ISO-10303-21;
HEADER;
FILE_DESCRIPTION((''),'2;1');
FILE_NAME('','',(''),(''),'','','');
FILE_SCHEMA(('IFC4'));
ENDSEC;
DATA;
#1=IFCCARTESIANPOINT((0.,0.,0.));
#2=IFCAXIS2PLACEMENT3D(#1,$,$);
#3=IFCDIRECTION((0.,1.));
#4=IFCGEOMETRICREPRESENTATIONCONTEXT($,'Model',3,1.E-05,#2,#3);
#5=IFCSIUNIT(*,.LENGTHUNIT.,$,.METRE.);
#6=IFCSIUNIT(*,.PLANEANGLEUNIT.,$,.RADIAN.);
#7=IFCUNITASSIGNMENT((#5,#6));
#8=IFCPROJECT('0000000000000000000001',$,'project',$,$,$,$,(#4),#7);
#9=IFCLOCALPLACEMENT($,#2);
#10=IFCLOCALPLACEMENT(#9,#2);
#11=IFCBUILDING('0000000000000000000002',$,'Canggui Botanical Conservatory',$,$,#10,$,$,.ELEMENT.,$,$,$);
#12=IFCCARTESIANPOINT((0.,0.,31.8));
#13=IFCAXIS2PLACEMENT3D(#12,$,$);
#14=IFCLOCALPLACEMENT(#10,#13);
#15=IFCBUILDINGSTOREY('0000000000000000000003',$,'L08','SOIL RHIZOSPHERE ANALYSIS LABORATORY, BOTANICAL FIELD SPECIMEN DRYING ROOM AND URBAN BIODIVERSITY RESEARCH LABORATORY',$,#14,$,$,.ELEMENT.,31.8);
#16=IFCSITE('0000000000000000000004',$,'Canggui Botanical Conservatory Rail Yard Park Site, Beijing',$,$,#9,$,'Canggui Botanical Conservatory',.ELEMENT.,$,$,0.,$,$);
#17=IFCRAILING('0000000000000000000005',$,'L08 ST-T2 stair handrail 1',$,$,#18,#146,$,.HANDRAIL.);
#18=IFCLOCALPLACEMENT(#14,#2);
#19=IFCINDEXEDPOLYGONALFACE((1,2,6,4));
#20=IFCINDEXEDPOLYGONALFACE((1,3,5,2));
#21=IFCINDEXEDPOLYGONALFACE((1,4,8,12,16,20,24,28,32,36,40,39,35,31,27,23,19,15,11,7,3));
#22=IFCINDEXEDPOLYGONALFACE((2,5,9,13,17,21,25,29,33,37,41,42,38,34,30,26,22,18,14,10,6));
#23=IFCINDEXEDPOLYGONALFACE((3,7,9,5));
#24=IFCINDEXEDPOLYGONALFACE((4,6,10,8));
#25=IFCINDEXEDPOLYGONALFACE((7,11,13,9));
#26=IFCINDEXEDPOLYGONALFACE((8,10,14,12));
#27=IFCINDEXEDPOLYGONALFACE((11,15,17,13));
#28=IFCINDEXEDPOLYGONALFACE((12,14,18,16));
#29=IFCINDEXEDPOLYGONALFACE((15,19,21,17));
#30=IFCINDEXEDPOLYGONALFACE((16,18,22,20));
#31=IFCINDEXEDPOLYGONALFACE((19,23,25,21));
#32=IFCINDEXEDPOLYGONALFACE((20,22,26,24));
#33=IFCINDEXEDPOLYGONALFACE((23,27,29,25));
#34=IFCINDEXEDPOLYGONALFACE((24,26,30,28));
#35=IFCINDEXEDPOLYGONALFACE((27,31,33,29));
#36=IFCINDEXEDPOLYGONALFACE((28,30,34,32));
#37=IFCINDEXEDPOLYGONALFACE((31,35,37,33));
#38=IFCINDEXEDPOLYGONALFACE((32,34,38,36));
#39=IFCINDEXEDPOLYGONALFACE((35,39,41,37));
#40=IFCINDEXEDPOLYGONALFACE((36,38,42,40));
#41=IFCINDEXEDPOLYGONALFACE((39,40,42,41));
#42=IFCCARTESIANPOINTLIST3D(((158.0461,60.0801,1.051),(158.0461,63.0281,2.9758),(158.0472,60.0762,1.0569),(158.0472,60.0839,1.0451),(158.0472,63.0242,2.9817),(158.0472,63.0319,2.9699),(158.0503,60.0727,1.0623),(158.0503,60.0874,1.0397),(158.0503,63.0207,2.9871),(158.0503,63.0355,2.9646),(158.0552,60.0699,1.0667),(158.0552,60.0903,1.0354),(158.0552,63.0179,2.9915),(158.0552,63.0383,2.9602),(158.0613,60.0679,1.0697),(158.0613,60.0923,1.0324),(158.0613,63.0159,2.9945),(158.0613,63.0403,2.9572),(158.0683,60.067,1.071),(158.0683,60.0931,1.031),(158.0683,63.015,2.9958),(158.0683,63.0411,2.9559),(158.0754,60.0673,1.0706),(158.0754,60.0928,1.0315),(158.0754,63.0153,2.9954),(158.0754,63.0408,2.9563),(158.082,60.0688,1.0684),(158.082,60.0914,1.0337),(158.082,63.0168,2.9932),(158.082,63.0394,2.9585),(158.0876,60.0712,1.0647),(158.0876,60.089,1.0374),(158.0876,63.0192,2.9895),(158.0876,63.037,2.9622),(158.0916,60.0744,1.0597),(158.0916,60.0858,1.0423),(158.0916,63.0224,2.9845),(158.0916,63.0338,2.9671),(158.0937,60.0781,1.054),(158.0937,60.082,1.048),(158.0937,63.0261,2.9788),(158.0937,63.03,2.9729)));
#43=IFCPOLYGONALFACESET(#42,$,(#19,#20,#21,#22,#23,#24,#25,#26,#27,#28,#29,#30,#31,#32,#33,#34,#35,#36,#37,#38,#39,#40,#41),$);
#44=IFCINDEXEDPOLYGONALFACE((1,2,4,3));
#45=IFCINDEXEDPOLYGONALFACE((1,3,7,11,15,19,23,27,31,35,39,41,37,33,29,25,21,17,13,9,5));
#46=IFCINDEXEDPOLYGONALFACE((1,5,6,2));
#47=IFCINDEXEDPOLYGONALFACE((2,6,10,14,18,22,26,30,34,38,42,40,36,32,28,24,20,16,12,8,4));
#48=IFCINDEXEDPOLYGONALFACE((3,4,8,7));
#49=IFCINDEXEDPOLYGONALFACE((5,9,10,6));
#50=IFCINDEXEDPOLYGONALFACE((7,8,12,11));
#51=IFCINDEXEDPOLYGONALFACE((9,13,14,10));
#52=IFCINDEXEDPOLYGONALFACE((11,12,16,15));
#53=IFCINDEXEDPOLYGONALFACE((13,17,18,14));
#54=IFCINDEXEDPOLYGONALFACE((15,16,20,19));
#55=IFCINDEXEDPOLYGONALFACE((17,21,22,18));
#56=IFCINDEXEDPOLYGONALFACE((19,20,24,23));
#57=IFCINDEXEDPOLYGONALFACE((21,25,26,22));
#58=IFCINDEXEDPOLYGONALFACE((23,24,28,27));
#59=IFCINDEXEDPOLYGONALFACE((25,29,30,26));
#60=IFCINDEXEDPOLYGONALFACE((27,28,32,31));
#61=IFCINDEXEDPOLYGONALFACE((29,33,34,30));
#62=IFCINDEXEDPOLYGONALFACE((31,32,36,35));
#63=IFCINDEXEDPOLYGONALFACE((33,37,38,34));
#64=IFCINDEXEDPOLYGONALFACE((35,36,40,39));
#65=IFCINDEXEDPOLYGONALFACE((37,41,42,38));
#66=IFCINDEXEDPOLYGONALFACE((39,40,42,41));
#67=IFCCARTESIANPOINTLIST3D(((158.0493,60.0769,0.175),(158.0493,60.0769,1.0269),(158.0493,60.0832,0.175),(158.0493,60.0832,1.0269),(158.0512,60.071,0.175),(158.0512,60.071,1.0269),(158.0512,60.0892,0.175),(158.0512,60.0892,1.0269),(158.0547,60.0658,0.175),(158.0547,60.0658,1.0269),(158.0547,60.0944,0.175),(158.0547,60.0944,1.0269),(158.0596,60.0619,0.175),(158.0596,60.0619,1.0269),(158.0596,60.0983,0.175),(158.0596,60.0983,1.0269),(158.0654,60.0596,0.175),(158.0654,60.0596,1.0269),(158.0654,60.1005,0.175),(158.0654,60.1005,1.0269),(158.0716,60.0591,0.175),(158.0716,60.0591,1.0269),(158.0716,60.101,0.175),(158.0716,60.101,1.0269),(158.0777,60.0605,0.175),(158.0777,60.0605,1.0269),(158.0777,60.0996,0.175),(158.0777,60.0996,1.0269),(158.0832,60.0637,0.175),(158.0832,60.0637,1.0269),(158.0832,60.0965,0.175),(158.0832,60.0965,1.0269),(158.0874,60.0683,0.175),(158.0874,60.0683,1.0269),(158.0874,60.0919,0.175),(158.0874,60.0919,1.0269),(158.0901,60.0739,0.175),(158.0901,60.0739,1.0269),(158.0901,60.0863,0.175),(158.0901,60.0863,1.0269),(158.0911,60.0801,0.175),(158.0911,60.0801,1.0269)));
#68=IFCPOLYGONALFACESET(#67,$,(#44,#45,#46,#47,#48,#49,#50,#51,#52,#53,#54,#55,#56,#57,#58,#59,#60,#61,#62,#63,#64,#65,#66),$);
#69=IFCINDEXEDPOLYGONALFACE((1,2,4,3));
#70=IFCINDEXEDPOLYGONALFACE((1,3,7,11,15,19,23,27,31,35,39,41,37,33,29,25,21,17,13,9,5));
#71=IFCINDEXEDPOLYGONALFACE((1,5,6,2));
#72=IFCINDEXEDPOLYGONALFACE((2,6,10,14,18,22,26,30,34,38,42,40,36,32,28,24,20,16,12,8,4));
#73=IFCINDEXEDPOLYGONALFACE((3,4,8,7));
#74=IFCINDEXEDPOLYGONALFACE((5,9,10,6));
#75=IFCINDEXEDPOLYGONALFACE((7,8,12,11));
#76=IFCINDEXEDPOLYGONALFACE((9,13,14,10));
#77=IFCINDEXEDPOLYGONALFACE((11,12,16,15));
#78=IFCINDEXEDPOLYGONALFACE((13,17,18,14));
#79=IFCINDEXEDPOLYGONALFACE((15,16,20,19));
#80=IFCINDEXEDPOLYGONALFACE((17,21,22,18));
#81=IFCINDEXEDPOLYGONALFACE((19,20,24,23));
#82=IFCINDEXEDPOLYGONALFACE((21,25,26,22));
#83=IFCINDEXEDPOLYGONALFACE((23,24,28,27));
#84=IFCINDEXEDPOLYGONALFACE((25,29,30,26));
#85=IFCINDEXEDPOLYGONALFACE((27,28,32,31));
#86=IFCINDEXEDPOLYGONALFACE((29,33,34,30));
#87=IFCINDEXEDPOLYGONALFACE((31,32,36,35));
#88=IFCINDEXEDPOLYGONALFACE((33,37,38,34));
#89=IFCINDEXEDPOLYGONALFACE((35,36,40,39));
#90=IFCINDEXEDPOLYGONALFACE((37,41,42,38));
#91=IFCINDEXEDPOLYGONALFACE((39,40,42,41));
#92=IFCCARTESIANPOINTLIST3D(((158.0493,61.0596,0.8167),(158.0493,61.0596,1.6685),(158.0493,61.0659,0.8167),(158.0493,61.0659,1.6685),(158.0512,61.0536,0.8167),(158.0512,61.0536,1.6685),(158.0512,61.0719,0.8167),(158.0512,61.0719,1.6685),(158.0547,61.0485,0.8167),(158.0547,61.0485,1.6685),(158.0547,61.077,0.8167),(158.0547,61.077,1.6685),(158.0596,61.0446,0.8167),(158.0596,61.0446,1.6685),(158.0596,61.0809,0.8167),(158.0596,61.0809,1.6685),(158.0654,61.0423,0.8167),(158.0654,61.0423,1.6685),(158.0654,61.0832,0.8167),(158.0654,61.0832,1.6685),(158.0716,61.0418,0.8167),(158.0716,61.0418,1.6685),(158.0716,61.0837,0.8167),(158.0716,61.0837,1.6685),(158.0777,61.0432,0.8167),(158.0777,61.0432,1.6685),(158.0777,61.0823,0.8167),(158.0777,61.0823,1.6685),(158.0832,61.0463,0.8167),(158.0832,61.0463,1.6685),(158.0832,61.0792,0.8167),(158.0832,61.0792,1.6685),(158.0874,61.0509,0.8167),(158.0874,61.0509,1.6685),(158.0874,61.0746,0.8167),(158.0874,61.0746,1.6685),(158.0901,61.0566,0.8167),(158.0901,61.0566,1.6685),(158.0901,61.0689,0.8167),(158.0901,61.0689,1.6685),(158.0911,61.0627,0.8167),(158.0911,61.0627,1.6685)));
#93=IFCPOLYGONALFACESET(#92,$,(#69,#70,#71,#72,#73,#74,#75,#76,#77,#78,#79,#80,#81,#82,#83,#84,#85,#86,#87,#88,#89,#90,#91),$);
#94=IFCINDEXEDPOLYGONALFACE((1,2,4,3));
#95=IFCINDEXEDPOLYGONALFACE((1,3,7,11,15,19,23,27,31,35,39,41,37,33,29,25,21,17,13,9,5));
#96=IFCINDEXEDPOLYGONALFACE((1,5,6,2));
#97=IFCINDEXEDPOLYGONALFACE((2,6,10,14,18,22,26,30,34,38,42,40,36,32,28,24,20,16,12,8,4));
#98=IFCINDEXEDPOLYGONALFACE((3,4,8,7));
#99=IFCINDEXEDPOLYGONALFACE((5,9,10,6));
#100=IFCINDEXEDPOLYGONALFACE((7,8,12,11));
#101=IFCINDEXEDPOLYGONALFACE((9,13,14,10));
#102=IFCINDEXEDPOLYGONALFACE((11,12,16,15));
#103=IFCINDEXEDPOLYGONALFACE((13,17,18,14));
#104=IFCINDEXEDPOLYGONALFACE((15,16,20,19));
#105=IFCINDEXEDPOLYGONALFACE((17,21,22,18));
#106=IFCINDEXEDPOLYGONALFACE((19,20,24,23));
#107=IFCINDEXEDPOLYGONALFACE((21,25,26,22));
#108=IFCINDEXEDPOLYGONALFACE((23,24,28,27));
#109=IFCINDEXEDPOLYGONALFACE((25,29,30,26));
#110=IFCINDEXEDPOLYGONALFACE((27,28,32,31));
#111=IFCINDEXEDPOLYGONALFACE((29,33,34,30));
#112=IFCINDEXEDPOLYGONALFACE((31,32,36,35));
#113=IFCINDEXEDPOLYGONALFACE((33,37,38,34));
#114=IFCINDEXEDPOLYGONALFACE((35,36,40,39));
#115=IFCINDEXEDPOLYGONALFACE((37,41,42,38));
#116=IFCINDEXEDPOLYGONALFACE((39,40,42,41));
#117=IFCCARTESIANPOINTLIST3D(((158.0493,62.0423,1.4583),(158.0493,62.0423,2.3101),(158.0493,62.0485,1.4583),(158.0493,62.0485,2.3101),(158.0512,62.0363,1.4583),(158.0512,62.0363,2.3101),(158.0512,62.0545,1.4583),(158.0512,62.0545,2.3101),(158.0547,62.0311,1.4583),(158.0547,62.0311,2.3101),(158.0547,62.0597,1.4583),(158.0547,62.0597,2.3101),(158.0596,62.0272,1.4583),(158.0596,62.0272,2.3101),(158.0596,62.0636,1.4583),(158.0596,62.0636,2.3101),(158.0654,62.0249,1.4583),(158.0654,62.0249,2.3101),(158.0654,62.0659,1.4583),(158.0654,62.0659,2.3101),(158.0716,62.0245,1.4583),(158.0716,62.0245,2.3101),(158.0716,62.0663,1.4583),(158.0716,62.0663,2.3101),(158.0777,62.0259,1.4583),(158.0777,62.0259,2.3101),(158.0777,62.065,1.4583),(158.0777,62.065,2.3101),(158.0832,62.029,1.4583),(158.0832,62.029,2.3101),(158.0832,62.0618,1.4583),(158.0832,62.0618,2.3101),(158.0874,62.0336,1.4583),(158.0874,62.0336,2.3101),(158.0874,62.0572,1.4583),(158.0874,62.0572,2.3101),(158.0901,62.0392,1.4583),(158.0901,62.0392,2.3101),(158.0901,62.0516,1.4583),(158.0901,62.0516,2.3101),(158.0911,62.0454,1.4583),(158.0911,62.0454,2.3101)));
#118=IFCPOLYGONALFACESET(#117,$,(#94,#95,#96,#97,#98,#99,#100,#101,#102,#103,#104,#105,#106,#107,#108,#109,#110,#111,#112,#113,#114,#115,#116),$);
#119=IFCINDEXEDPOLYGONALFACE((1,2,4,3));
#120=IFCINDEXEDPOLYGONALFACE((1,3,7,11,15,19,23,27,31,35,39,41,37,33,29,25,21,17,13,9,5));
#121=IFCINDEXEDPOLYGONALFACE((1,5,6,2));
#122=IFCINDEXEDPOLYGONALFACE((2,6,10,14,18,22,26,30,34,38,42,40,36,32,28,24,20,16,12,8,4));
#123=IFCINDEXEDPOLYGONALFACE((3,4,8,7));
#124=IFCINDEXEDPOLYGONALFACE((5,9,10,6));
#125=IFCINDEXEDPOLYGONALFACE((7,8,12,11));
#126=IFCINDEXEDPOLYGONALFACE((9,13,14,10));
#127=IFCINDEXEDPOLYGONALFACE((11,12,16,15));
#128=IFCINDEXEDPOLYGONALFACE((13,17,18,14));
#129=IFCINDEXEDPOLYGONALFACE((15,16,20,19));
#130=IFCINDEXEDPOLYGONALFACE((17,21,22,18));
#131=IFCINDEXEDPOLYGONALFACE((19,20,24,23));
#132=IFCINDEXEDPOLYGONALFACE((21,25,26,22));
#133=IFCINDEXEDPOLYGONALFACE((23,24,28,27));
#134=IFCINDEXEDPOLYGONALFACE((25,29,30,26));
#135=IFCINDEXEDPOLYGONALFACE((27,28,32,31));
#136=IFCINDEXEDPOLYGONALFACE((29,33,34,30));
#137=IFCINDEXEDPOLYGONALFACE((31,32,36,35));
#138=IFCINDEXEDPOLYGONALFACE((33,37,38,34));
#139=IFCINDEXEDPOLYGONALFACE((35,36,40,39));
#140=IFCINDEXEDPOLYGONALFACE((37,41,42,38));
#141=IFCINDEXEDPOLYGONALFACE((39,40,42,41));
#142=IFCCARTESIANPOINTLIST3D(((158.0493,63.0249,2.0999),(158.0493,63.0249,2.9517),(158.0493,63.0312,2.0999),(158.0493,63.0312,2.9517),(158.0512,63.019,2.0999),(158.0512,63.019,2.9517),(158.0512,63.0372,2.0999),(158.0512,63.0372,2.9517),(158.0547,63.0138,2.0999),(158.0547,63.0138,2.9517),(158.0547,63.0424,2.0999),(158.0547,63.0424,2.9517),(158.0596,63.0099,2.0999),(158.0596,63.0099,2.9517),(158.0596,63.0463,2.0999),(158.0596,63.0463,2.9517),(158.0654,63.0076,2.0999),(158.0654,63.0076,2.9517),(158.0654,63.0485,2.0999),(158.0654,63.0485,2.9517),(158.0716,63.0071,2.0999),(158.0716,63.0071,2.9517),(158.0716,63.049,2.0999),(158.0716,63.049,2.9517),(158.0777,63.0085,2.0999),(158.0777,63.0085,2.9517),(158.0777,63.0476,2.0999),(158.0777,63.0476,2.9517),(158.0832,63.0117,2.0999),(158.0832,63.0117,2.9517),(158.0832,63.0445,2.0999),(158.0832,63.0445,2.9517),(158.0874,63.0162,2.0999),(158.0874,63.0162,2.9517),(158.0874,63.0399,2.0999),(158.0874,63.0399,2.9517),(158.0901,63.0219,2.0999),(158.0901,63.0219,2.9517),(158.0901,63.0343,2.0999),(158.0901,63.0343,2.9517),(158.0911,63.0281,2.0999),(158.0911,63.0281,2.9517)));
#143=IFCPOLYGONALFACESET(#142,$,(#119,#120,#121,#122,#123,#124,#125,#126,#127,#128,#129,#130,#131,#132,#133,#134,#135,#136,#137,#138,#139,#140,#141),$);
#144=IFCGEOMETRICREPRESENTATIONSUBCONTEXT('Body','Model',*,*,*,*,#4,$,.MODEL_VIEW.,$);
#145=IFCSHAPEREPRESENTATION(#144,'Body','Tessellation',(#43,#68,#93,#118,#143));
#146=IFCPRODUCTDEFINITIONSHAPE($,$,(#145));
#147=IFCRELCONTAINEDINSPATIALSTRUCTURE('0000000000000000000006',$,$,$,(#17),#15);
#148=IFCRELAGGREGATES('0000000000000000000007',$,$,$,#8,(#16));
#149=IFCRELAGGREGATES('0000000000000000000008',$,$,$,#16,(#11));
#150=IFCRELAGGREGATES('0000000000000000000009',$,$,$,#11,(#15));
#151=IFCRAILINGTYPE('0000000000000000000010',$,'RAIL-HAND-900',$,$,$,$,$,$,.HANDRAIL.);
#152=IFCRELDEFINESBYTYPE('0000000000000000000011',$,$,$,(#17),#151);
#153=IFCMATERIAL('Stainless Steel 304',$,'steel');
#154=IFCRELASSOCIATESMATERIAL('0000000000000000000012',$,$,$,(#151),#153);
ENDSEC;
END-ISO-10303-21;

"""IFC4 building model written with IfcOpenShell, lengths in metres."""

from ifc_helpers import new_model, si_unit, direction, frame, origin, origin_2d, place, context, subcontext, project, spatial, circle, extrude, material, type_object, element, save


model = new_model("IFC4")

# Units and contexts
model_context = context("Model", 3, precision=1e-05, world=origin(), true_north=direction((0.0, 1.0)))
body_context = subcontext(model_context, "Body", "Model", "MODEL_VIEW")
ifc_project = project(units=[si_unit("LENGTHUNIT", "METRE"), si_unit("PLANEANGLEUNIT", "RADIAN")], contexts=[model_context])

# Site, building, storey
site_placement = place(None, origin())
site = spatial("IfcSite", under=ifc_project, at=site_placement, Name="Canggui Botanical Conservatory Rail Yard Park Site, Beijing", LongName="Canggui Botanical Conservatory", CompositionType="ELEMENT", RefElevation=0.0)
building_placement = place(site_placement, origin())
building = spatial("IfcBuilding", under=site, at=building_placement, Name="Canggui Botanical Conservatory", CompositionType="ELEMENT")
storey_placement = place(building_placement, frame((0.0, 0.0, 31.8)))
storey = spatial("IfcBuildingStorey", under=building, at=storey_placement, Name="L08", Description="SOIL RHIZOSPHERE ANALYSIS LABORATORY, BOTANICAL FIELD SPECIMEN DRYING ROOM AND URBAN BIODIVERSITY RESEARCH LABORATORY", CompositionType="ELEMENT", Elevation=31.8)

# Shared definitions
ifc_material_1 = material(Name="Stainless Steel 304", Category="steel")

# Railing
railing_type_1 = type_object("IfcRailingType", Name="RAIL-HAND-900", PredefinedType="HANDRAIL", material=ifc_material_1)
railing_1_placement = place(storey_placement, frame((158.0701, 60.0801, 0.175)))
element("IfcRailing", 1, at=railing_1_placement, inside=storey, type_object=railing_type_1, Name="L08 ST-T2 stair handrail 1", PredefinedType="HANDRAIL", context=body_context, shape_type="SweptSolid", body=[
    extrude(circle(Radius=0.0239, at=origin_2d()), frame((0.0, 0.0, 0.876), z_axis=(0.0, 0.837325, 0.546706), x_axis=(-1.0, 0.0, 0.0)), (0.0, 0.0, 1.0), 3.5208),
    extrude(circle(Radius=0.021, at=origin_2d()), origin(), (0.0, 0.0, 1.0), 0.8518),
    extrude(circle(Radius=0.021, at=origin_2d()), frame((0.0, 0.9827, 0.6416)), (0.0, 0.0, 1.0), 0.8518),
    extrude(circle(Radius=0.021, at=origin_2d()), frame((0.0, 1.9653, 1.2832)), (0.0, 0.0, 1.0), 0.8518),
    extrude(circle(Radius=0.021, at=origin_2d()), frame((0.0, 2.948, 1.9248)), (0.0, 0.0, 1.0), 0.8518),
])

save(model, "model.ifc")
